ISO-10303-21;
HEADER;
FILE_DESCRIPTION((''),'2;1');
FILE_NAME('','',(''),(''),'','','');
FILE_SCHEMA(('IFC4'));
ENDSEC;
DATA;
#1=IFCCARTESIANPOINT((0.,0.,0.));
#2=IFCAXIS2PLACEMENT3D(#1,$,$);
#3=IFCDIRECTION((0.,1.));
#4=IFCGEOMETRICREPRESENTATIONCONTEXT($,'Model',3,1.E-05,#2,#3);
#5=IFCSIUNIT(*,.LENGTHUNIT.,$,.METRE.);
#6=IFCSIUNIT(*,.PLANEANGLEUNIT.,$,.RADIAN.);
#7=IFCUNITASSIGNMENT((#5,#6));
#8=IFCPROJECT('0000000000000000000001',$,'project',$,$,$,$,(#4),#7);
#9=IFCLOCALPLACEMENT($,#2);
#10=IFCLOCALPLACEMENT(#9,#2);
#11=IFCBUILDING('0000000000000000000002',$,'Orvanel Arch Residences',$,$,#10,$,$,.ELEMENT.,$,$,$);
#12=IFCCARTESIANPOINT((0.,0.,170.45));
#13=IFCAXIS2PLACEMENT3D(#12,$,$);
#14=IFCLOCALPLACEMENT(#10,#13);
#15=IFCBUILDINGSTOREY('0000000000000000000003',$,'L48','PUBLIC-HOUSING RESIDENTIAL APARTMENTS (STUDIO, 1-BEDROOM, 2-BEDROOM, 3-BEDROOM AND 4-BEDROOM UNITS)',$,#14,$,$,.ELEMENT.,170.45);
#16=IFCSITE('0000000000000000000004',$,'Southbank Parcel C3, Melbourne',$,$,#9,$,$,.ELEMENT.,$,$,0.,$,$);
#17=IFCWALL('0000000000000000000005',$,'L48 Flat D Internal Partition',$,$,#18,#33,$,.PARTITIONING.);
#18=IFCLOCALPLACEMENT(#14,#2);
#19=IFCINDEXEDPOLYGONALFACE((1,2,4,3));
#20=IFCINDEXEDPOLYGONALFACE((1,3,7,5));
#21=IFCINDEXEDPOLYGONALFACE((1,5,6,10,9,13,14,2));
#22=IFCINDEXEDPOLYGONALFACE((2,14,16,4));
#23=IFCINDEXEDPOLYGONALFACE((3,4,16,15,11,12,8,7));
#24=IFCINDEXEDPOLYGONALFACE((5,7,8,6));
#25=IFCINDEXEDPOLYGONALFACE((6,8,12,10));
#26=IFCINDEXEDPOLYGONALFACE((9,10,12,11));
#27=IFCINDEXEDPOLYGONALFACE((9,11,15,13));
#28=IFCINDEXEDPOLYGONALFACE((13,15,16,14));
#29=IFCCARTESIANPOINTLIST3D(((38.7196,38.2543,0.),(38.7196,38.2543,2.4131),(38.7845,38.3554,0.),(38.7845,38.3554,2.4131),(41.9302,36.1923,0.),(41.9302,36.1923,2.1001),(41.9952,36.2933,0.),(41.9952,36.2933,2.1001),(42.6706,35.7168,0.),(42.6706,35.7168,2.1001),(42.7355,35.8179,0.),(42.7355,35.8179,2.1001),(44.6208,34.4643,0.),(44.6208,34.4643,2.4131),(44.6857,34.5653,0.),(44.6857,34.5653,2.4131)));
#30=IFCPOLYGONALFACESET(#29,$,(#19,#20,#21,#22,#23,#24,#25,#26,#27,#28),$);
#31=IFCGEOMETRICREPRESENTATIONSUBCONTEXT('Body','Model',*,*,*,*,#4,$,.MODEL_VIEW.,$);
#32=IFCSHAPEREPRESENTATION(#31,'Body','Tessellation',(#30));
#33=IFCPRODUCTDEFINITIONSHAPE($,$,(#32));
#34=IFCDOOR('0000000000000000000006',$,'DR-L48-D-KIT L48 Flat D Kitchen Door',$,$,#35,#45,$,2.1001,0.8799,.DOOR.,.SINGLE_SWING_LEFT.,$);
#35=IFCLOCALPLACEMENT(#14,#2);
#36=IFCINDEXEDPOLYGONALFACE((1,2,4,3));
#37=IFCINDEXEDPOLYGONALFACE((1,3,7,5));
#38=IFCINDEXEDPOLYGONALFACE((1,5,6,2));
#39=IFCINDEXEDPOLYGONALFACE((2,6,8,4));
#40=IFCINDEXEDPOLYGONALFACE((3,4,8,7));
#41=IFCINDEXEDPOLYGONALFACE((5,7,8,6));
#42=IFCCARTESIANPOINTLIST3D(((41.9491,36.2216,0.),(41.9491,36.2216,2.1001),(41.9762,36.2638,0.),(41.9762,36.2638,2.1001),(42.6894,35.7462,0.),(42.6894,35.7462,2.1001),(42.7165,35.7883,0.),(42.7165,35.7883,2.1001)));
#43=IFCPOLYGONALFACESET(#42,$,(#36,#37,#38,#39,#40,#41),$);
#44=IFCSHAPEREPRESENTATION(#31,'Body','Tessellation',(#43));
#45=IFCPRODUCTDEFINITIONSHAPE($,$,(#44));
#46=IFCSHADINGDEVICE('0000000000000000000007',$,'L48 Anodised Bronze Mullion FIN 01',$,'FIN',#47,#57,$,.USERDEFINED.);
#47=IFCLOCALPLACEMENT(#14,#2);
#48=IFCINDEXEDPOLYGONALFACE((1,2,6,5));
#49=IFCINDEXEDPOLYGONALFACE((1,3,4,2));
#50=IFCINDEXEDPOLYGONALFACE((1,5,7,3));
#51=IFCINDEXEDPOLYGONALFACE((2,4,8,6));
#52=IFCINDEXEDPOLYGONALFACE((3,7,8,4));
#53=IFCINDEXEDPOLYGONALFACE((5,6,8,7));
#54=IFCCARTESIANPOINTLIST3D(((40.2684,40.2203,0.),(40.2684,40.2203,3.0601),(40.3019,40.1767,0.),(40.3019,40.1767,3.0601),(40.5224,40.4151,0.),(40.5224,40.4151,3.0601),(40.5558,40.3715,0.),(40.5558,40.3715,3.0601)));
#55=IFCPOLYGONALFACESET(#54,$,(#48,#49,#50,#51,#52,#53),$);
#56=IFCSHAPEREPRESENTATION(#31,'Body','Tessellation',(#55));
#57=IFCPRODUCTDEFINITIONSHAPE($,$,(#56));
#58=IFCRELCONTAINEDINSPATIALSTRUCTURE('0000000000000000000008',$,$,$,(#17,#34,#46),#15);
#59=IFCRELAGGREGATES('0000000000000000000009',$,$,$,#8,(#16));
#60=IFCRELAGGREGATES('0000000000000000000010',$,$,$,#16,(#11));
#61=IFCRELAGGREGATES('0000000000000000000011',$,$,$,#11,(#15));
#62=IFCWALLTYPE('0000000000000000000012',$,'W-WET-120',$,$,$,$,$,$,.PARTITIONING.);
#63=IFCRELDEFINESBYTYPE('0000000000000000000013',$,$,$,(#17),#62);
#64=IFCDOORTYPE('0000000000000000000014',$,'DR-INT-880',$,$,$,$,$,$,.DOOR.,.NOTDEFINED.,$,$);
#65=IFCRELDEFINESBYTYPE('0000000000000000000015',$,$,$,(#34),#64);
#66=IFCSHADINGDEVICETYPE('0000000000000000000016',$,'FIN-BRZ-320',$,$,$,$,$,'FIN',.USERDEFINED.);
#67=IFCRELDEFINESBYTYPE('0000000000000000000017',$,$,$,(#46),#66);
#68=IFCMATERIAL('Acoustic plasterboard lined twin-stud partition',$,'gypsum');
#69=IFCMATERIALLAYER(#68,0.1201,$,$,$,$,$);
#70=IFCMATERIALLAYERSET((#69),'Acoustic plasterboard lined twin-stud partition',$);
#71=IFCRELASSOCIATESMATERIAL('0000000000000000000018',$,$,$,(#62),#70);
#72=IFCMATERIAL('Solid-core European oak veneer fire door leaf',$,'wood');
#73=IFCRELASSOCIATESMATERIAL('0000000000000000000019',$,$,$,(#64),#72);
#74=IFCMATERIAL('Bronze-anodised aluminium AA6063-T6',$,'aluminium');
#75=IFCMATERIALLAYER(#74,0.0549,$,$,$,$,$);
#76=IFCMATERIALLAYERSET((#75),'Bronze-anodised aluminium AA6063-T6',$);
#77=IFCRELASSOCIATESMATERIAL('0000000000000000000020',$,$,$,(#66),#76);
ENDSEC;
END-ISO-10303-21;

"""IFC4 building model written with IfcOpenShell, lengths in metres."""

from ifc_helpers import new_model, si_unit, direction, frame, frame_2d, origin, origin_2d, place, context, subcontext, project, spatial, rectangle, extrude, material, layer, layer_set, type_object, element, fill, save


model = new_model("IFC4")

# Units and contexts
model_context = context("Model", 3, precision=1e-05, world=origin(), true_north=direction((0.0, 1.0)))
body_context = subcontext(model_context, "Body", "Model", "MODEL_VIEW")
ifc_project = project(units=[si_unit("LENGTHUNIT", "METRE"), si_unit("PLANEANGLEUNIT", "RADIAN")], contexts=[model_context])

# Site, building, storey
site_placement = place(None, origin())
site = spatial("IfcSite", under=ifc_project, at=site_placement, Name="Southbank Parcel C3, Melbourne", CompositionType="ELEMENT", RefElevation=0.0)
building_placement = place(site_placement, origin())
building = spatial("IfcBuilding", under=site, at=building_placement, Name="Orvanel Arch Residences", CompositionType="ELEMENT")
storey_placement = place(building_placement, frame((0.0, 0.0, 170.45)))
storey = spatial("IfcBuildingStorey", under=building, at=storey_placement, Name="L48", Description="PUBLIC-HOUSING RESIDENTIAL APARTMENTS (STUDIO, 1-BEDROOM, 2-BEDROOM, 3-BEDROOM AND 4-BEDROOM UNITS)", CompositionType="ELEMENT", Elevation=170.45)

# Shared definitions
ifc_material_1 = material(Name="Bronze-anodised aluminium AA6063-T6", Category="aluminium")

# Wall, opening, door
ifc_material_2 = material(Name="Acoustic plasterboard lined twin-stud partition", Category="gypsum")
ifc_layer_1 = layer(ifc_material_2, 0.1201)
ifc_layer_set_1 = layer_set([ifc_layer_1], Name="Acoustic plasterboard lined twin-stud partition")
wall_type_1 = type_object("IfcWallType", Name="W-WET-120", PredefinedType="PARTITIONING", material=ifc_layer_set_1)
wall_1_placement = place(storey_placement, frame((38.752, 38.3049, 0.0), z_axis=(0.0, 0.0, 1.0), x_axis=(0.841408, -0.5404, 0.0)))
wall_1 = element("IfcWall", 1, at=wall_1_placement, inside=storey, type_object=wall_type_1, Name="L48 Flat D Internal Partition", PredefinedType="PARTITIONING", context=body_context, shape_type="SweptSolid", body=[
    extrude(rectangle(XDim=7.0134, YDim=0.1201, at=frame_2d((3.5068, 0.0))), origin(), (0.0, 0.0, 1.0), 2.4131),
])
opening_placement = place(wall_1_placement, frame((3.8159, 0.0, 0.0)))
opening = element("IfcOpeningElement", 2, at=opening_placement, cuts=wall_1, PredefinedType="OPENING", context=body_context, shape_type="SweptSolid", body=[
    extrude(rectangle(XDim=0.8799, YDim=2.1001, at=frame_2d((0.4399, 1.05))), frame((0.0, 0.0701, 0.0), z_axis=(0.0, -1.0, 0.0), x_axis=(1.0, 0.0, 0.0)), (0.0, 0.0, 1.0), 0.1401),
])
ifc_material_3 = material(Name="Solid-core European oak veneer fire door leaf", Category="wood")
door_type = type_object("IfcDoorType", Name="DR-INT-880", OperationType="NOTDEFINED", PredefinedType="DOOR", material=ifc_material_3)
door_placement = place(opening_placement, origin())
door = element("IfcDoor", 3, at=door_placement, inside=storey, type_object=door_type, Name="DR-L48-D-KIT L48 Flat D Kitchen Door", OperationType="SINGLE_SWING_LEFT", OverallHeight=2.1001, OverallWidth=0.8799, PredefinedType="DOOR", context=body_context, shape_type="SweptSolid", body=[
    extrude(rectangle(XDim=0.8799, YDim=2.1001, at=frame_2d((0.4399, 1.05))), frame((0.0, 0.0249, 0.0), z_axis=(0.0, -1.0, 0.0), x_axis=(1.0, 0.0, 0.0)), (0.0, 0.0, 1.0), 0.05),
])
fill(opening, door)

# Shading device
ifc_layer_2 = layer(ifc_material_1, 0.0549)
ifc_layer_set_2 = layer_set([ifc_layer_2], Name="Bronze-anodised aluminium AA6063-T6")
shading_device_type = type_object("IfcShadingDeviceType", Name="FIN-BRZ-320", ElementType="FIN", PredefinedType="USERDEFINED", material=ifc_layer_set_2)
shading_device_placement = place(storey_placement, frame((40.4121, 40.2959, 0.0), z_axis=(0.0, 0.0, 1.0), x_axis=(0.793353, 0.608761, 0.0)))
element("IfcShadingDevice", 4, at=shading_device_placement, inside=storey, type_object=shading_device_type, Name="L48 Anodised Bronze Mullion FIN 01", ObjectType="FIN", PredefinedType="USERDEFINED", context=body_context, shape_type="SweptSolid", body=[
    extrude(rectangle(XDim=0.3201, YDim=0.0549, at=origin_2d()), origin(), (0.0, 0.0, 1.0), 3.0601),
])

save(model, "model.ifc")
